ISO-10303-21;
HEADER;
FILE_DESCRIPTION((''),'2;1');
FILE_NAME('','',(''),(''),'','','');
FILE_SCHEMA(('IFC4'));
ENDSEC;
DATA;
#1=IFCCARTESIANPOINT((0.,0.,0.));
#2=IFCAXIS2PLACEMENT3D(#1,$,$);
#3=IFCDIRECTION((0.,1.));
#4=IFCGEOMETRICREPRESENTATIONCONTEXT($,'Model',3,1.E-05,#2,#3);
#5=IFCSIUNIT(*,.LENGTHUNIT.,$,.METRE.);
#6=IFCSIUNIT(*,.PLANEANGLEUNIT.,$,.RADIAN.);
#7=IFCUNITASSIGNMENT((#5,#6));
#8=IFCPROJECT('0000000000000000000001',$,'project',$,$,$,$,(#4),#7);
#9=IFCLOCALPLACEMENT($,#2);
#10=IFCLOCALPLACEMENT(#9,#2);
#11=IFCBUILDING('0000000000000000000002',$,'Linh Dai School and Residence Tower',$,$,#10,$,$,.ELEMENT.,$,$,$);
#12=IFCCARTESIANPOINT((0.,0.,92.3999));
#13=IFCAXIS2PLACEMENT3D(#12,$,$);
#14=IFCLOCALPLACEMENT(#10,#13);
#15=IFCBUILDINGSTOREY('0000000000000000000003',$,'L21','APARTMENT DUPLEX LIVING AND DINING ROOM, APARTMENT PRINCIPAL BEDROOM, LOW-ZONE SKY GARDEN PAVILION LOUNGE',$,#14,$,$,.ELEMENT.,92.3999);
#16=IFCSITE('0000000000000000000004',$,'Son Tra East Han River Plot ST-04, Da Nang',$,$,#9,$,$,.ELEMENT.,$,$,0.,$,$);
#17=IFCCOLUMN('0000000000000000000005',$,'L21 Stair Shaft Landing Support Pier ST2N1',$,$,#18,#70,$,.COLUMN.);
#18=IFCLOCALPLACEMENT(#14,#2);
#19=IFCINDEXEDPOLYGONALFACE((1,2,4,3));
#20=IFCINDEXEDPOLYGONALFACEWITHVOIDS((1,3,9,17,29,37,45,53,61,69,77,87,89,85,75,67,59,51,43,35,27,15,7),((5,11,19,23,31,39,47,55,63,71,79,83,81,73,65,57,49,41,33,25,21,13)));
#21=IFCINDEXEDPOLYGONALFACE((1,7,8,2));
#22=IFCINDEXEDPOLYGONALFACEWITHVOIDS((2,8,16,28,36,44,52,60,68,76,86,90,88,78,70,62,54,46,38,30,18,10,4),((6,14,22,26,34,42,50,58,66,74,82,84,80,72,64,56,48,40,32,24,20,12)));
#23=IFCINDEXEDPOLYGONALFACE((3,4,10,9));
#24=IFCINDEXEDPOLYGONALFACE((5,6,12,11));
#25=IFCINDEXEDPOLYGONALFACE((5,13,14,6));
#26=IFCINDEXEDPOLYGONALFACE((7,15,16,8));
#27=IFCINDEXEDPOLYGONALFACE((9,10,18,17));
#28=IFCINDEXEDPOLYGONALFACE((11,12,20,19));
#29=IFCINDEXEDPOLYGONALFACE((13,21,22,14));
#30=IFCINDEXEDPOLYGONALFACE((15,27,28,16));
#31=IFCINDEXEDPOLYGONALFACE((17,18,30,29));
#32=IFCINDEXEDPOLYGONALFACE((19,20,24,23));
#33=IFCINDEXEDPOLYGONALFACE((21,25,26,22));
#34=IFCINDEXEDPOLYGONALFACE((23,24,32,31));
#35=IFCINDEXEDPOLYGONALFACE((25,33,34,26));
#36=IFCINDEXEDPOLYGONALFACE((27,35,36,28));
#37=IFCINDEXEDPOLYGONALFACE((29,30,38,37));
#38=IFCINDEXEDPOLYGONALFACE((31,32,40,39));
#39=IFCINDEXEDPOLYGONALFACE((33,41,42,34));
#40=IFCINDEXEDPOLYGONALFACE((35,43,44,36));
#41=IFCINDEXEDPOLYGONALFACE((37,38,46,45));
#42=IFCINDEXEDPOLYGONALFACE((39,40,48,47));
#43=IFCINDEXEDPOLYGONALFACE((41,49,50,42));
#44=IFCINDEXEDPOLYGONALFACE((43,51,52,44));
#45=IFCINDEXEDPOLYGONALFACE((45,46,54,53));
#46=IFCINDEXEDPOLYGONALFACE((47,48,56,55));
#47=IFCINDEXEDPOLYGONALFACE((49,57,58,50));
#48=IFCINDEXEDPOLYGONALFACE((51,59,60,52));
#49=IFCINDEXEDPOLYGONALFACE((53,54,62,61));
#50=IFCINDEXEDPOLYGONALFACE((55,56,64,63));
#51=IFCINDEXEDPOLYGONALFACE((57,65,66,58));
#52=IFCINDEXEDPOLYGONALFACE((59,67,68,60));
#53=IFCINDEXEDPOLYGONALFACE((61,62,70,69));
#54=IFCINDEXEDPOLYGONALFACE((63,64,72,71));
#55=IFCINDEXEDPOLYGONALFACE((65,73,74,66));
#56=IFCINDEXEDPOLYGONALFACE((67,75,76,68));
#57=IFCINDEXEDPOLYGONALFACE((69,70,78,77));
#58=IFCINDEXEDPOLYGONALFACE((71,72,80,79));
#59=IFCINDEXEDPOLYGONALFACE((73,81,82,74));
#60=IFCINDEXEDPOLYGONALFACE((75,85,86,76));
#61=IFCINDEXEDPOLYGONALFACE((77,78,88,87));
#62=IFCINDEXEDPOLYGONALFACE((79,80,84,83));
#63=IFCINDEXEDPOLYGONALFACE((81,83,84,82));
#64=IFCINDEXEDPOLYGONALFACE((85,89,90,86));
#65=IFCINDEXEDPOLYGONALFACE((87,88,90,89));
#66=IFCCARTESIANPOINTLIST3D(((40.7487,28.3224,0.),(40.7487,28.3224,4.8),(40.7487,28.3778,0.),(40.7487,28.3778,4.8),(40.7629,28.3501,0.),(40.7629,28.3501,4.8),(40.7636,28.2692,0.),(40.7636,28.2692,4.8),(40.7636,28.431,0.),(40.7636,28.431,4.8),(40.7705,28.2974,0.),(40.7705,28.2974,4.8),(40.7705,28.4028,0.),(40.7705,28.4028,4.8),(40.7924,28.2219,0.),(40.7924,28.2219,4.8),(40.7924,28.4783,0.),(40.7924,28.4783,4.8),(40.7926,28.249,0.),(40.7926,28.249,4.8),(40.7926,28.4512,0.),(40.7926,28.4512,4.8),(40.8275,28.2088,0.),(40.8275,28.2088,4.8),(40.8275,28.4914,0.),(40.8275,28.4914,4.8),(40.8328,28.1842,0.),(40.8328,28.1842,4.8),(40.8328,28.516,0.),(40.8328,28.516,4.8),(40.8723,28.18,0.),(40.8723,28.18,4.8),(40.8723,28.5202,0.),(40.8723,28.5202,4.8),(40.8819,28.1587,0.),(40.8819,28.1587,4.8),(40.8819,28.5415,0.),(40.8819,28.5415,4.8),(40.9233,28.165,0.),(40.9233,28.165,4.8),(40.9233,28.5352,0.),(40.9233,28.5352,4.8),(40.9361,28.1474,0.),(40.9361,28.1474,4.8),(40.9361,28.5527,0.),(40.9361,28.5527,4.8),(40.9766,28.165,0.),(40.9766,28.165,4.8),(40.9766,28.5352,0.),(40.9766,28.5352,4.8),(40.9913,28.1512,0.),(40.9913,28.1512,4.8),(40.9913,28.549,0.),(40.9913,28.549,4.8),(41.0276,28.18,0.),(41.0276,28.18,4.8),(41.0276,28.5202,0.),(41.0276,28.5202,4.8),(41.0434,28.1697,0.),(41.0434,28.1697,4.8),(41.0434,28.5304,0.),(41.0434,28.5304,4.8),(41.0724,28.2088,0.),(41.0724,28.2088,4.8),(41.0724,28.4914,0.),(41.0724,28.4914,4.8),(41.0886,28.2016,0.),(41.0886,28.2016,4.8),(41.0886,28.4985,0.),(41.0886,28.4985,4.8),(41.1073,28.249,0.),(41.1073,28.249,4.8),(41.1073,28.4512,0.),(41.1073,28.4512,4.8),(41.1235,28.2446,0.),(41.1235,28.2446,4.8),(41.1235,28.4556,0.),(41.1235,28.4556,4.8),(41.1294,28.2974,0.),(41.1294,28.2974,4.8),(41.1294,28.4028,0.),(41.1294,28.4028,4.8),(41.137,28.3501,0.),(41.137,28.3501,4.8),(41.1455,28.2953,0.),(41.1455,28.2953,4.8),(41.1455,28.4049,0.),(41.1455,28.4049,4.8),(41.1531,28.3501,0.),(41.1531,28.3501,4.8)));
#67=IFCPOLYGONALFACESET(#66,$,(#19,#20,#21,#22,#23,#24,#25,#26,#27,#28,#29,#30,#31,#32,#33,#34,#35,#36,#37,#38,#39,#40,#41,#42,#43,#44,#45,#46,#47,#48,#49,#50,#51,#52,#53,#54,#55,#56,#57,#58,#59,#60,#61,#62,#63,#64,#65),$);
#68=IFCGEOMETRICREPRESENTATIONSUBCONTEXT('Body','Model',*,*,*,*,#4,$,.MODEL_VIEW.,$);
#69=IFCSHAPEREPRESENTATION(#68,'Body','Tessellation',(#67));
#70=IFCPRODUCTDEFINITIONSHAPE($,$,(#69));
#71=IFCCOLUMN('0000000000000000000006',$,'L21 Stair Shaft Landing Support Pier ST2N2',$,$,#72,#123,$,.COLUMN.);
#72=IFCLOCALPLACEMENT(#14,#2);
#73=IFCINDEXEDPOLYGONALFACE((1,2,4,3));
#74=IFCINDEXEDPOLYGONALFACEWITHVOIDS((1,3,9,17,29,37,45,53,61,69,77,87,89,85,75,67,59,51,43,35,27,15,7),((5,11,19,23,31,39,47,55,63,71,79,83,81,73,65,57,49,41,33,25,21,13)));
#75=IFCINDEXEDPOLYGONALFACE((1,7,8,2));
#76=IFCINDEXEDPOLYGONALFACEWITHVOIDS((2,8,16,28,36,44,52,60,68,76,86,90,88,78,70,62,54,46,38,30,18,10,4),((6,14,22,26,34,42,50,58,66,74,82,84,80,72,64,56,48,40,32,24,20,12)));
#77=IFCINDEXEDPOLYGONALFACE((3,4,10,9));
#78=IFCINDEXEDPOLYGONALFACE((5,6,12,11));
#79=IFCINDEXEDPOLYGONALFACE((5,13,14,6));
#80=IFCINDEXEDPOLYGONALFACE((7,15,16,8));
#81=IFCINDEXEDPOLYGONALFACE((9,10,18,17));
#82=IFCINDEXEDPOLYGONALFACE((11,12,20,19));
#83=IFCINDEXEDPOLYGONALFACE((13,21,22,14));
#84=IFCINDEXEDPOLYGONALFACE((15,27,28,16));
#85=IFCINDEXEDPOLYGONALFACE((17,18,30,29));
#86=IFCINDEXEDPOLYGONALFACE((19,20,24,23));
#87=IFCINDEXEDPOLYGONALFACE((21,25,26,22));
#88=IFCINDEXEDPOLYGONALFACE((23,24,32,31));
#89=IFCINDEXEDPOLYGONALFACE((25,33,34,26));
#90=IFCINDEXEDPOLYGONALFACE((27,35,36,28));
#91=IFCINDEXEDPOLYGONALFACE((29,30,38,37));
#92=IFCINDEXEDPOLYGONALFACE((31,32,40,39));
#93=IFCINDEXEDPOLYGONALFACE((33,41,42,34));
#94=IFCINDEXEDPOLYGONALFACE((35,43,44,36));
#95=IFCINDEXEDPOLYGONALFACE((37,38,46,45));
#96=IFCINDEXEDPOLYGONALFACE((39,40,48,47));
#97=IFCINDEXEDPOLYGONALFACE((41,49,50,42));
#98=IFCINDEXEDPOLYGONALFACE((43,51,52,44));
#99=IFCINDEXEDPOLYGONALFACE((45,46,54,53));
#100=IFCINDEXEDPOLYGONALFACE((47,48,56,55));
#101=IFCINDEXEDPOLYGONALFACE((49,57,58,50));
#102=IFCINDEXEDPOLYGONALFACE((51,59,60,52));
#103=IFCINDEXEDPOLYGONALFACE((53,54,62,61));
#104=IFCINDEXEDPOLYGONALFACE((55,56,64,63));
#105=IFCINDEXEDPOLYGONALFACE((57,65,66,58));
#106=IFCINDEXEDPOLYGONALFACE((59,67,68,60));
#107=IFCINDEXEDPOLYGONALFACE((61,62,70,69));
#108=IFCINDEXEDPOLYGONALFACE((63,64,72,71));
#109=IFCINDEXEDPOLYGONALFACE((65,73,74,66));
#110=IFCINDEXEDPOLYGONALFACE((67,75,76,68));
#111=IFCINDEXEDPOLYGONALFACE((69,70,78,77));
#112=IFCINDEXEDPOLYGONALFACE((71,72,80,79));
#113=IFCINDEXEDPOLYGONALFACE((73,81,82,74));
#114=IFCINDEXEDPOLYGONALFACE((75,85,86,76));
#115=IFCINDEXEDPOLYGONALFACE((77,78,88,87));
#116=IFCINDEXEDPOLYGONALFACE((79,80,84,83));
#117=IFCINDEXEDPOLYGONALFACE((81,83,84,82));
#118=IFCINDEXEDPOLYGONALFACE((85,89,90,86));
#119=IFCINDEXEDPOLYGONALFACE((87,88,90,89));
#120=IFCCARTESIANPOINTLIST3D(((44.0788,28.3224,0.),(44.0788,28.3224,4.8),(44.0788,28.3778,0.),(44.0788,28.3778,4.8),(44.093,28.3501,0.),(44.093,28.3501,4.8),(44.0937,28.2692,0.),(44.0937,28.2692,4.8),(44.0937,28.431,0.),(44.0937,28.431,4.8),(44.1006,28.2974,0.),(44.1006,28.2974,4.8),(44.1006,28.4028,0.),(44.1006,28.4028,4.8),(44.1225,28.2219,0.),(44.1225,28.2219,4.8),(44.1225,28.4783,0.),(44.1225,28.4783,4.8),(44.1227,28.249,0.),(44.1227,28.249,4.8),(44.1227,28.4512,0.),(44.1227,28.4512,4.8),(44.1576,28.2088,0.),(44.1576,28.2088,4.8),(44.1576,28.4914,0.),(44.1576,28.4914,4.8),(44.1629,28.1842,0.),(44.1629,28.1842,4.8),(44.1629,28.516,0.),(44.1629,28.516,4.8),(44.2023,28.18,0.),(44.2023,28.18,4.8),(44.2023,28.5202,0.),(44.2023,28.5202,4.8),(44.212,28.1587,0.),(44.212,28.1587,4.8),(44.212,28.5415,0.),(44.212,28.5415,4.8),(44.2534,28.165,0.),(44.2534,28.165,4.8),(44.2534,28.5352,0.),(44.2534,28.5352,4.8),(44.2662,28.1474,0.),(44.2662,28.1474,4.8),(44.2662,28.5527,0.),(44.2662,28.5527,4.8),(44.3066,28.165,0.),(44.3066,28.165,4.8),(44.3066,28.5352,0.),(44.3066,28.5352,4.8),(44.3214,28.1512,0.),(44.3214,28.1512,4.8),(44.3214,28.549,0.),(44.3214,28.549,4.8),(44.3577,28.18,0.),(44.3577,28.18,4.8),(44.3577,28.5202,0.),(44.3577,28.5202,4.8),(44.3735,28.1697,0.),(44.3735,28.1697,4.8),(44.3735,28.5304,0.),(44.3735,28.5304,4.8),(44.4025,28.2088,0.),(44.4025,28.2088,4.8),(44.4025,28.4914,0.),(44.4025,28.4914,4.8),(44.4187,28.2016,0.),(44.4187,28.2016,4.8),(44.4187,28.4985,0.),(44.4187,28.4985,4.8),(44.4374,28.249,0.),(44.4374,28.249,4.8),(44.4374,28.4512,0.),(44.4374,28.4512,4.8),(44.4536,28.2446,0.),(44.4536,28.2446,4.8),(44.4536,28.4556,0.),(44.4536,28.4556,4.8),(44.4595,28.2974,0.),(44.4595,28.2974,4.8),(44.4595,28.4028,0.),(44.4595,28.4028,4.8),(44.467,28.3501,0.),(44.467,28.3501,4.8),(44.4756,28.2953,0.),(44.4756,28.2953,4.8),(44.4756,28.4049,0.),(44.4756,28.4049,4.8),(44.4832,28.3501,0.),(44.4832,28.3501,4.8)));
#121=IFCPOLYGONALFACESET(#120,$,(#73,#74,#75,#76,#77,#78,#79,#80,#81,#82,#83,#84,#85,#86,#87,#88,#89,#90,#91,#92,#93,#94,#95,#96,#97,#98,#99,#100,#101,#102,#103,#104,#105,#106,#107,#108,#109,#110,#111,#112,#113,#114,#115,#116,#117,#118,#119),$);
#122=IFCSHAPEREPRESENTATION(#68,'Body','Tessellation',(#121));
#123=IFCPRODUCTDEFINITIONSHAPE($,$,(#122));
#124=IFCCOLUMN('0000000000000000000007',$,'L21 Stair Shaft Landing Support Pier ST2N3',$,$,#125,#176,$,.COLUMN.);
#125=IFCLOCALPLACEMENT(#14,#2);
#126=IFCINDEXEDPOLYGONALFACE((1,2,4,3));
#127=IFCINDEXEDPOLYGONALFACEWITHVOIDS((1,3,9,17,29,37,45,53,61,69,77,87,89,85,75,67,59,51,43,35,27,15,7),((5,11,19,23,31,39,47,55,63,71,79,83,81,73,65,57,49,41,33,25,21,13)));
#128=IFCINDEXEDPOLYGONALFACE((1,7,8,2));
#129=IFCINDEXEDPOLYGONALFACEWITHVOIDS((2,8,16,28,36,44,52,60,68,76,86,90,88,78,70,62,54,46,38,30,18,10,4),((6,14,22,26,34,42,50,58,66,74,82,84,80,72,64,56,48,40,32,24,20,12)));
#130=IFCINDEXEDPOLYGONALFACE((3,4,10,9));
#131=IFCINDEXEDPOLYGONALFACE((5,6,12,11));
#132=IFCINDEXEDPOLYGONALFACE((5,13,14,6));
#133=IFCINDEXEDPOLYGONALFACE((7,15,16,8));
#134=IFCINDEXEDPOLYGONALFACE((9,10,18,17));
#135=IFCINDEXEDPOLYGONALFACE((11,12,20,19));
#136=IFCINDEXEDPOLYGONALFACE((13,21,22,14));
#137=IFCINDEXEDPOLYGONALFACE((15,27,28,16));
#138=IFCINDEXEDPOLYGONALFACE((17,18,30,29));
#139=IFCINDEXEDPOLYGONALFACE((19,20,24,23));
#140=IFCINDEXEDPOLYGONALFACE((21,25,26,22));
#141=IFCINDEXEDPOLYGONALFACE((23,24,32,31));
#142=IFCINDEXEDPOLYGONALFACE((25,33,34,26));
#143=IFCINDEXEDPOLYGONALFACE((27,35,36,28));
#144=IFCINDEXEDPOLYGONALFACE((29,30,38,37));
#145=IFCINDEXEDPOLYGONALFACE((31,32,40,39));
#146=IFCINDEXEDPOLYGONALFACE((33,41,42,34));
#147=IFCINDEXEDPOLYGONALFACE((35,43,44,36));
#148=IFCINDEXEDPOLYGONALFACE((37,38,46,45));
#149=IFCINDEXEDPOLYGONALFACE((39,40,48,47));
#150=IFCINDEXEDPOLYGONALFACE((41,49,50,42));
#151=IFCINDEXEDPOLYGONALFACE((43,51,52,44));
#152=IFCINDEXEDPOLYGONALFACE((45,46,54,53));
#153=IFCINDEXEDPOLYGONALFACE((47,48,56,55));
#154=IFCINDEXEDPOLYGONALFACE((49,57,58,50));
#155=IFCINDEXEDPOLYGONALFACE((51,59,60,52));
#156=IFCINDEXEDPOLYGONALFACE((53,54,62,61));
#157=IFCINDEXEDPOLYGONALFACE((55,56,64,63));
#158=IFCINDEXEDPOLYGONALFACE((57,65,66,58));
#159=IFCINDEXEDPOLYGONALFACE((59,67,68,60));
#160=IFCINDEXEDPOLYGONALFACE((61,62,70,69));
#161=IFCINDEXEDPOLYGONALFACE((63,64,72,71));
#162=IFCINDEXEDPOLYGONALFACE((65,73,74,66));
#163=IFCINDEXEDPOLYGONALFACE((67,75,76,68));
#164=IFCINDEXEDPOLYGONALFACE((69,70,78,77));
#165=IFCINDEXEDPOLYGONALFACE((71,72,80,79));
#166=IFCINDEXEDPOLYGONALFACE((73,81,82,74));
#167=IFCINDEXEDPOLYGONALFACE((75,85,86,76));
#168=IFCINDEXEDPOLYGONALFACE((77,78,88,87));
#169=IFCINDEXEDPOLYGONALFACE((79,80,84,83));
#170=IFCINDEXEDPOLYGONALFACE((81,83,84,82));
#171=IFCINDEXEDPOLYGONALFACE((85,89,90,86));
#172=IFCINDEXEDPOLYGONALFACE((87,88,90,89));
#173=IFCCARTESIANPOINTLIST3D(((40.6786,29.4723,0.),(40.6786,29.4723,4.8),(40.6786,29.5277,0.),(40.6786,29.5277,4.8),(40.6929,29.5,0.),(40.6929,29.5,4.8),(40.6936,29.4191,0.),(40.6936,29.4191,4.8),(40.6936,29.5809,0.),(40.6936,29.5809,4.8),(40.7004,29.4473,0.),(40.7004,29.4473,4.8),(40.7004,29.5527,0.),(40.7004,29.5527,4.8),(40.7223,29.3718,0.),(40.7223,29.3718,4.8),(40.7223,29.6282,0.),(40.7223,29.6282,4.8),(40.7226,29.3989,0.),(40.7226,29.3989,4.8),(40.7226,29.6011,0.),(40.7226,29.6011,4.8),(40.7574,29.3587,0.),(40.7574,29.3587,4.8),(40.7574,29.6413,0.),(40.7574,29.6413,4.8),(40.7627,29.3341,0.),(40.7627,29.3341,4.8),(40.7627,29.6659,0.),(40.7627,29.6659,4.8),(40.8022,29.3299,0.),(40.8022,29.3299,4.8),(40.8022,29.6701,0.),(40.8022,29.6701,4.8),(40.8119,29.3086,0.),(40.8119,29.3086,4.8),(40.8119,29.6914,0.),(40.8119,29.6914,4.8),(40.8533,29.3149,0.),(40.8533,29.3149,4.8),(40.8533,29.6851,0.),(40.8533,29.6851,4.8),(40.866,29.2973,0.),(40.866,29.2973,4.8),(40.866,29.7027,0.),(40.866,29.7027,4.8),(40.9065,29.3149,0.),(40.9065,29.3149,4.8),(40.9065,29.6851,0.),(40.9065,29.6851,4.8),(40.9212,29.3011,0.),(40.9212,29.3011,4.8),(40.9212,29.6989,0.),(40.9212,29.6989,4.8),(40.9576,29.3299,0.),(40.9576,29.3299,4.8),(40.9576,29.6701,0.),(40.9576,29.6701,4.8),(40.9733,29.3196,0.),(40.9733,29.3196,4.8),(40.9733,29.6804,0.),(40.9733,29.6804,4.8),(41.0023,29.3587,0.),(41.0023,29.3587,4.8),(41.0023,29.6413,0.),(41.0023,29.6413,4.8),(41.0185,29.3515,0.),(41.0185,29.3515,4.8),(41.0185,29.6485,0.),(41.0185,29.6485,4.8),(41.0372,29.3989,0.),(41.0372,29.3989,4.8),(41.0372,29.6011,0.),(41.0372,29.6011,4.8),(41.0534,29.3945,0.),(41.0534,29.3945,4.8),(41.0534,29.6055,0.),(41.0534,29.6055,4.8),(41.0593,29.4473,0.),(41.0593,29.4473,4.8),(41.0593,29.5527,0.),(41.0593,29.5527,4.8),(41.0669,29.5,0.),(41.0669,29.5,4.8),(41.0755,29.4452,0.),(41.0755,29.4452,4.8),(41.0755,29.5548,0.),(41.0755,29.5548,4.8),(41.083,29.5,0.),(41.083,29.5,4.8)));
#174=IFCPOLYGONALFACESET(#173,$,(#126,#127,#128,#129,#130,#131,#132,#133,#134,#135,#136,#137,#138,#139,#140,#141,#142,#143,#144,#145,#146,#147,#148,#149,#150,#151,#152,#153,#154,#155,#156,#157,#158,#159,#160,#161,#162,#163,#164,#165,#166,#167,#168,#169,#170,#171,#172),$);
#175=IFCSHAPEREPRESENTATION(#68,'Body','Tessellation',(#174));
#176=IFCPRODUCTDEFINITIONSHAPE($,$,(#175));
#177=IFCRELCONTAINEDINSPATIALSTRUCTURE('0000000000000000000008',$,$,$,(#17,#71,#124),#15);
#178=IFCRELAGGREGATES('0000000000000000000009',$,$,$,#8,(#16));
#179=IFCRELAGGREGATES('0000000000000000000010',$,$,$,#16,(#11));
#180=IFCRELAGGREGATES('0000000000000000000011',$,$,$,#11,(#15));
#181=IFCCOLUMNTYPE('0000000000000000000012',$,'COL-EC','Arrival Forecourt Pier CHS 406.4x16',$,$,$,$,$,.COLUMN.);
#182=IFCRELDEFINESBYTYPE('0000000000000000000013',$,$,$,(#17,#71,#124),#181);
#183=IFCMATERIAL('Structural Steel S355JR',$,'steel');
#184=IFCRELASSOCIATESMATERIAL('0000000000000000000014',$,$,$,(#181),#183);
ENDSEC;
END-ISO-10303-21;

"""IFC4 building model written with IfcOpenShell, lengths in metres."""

from ifc_helpers import new_model, si_unit, direction, frame, origin, origin_2d, place, context, subcontext, project, spatial, hollow_circle, extrude, material, material_profile, profile_set, type_object, element, save


model = new_model("IFC4")

# Units and contexts
model_context = context("Model", 3, precision=1e-05, world=origin(), true_north=direction((0.0, 1.0)))
body_context = subcontext(model_context, "Body", "Model", "MODEL_VIEW")
ifc_project = project(units=[si_unit("LENGTHUNIT", "METRE"), si_unit("PLANEANGLEUNIT", "RADIAN")], contexts=[model_context])

# Site, building, storey
site_placement = place(None, origin())
site = spatial("IfcSite", under=ifc_project, at=site_placement, Name="Son Tra East Han River Plot ST-04, Da Nang", CompositionType="ELEMENT", RefElevation=0.0)
building_placement = place(site_placement, origin())
building = spatial("IfcBuilding", under=site, at=building_placement, Name="Linh Dai School and Residence Tower", CompositionType="ELEMENT")
storey_placement = place(building_placement, frame((0.0, 0.0, 92.3999)))
storey = spatial("IfcBuildingStorey", under=building, at=storey_placement, Name="L21", Description="APARTMENT DUPLEX LIVING AND DINING ROOM, APARTMENT PRINCIPAL BEDROOM, LOW-ZONE SKY GARDEN PAVILION LOUNGE", CompositionType="ELEMENT", Elevation=92.3999)

# Columns
ifc_material_1 = material(Name="Structural Steel S355JR", Category="steel")
ifc_material_profile_1 = material_profile(ifc_material_1, hollow_circle(Radius=0.2031, WallThickness=0.0161, at=origin_2d()), Name="CHS 406.4x16")
ifc_profile_set_1 = profile_set([ifc_material_profile_1], Name="Structural Steel S355JR")
column_type_1 = type_object("IfcColumnType", Name="COL-EC", Description="Arrival Forecourt Pier CHS 406.4x16", PredefinedType="COLUMN", material=ifc_profile_set_1)
for number, where, z_axis, x_axis, name in (
    (1, (40.95, 28.3501, 0.0), (0.0, 0.0, 1.0), (1.0, 0.0, 0.0), "L21 Stair Shaft Landing Support Pier ST2N1"),
    (2, (44.28, 28.3501, 0.0), (0.0, 0.0, 1.0), (1.0, 0.0, 0.0), "L21 Stair Shaft Landing Support Pier ST2N2"),
    (3, (40.8799, 29.5, 0.0), (0.0, 0.0, 1.0), (1.0, 0.0, 0.0), "L21 Stair Shaft Landing Support Pier ST2N3"),
):
    element("IfcColumn", number, at=place(storey_placement, frame(where, z_axis=z_axis, x_axis=x_axis)), inside=storey, type_object=column_type_1, Name=name, PredefinedType="COLUMN", context=body_context, shape_type="SweptSolid", body=[
        extrude(hollow_circle(Radius=0.2031, WallThickness=0.0161, at=origin_2d()), origin(), (0.0, 0.0, 1.0), 4.8),
    ])

save(model, "model.ifc")
